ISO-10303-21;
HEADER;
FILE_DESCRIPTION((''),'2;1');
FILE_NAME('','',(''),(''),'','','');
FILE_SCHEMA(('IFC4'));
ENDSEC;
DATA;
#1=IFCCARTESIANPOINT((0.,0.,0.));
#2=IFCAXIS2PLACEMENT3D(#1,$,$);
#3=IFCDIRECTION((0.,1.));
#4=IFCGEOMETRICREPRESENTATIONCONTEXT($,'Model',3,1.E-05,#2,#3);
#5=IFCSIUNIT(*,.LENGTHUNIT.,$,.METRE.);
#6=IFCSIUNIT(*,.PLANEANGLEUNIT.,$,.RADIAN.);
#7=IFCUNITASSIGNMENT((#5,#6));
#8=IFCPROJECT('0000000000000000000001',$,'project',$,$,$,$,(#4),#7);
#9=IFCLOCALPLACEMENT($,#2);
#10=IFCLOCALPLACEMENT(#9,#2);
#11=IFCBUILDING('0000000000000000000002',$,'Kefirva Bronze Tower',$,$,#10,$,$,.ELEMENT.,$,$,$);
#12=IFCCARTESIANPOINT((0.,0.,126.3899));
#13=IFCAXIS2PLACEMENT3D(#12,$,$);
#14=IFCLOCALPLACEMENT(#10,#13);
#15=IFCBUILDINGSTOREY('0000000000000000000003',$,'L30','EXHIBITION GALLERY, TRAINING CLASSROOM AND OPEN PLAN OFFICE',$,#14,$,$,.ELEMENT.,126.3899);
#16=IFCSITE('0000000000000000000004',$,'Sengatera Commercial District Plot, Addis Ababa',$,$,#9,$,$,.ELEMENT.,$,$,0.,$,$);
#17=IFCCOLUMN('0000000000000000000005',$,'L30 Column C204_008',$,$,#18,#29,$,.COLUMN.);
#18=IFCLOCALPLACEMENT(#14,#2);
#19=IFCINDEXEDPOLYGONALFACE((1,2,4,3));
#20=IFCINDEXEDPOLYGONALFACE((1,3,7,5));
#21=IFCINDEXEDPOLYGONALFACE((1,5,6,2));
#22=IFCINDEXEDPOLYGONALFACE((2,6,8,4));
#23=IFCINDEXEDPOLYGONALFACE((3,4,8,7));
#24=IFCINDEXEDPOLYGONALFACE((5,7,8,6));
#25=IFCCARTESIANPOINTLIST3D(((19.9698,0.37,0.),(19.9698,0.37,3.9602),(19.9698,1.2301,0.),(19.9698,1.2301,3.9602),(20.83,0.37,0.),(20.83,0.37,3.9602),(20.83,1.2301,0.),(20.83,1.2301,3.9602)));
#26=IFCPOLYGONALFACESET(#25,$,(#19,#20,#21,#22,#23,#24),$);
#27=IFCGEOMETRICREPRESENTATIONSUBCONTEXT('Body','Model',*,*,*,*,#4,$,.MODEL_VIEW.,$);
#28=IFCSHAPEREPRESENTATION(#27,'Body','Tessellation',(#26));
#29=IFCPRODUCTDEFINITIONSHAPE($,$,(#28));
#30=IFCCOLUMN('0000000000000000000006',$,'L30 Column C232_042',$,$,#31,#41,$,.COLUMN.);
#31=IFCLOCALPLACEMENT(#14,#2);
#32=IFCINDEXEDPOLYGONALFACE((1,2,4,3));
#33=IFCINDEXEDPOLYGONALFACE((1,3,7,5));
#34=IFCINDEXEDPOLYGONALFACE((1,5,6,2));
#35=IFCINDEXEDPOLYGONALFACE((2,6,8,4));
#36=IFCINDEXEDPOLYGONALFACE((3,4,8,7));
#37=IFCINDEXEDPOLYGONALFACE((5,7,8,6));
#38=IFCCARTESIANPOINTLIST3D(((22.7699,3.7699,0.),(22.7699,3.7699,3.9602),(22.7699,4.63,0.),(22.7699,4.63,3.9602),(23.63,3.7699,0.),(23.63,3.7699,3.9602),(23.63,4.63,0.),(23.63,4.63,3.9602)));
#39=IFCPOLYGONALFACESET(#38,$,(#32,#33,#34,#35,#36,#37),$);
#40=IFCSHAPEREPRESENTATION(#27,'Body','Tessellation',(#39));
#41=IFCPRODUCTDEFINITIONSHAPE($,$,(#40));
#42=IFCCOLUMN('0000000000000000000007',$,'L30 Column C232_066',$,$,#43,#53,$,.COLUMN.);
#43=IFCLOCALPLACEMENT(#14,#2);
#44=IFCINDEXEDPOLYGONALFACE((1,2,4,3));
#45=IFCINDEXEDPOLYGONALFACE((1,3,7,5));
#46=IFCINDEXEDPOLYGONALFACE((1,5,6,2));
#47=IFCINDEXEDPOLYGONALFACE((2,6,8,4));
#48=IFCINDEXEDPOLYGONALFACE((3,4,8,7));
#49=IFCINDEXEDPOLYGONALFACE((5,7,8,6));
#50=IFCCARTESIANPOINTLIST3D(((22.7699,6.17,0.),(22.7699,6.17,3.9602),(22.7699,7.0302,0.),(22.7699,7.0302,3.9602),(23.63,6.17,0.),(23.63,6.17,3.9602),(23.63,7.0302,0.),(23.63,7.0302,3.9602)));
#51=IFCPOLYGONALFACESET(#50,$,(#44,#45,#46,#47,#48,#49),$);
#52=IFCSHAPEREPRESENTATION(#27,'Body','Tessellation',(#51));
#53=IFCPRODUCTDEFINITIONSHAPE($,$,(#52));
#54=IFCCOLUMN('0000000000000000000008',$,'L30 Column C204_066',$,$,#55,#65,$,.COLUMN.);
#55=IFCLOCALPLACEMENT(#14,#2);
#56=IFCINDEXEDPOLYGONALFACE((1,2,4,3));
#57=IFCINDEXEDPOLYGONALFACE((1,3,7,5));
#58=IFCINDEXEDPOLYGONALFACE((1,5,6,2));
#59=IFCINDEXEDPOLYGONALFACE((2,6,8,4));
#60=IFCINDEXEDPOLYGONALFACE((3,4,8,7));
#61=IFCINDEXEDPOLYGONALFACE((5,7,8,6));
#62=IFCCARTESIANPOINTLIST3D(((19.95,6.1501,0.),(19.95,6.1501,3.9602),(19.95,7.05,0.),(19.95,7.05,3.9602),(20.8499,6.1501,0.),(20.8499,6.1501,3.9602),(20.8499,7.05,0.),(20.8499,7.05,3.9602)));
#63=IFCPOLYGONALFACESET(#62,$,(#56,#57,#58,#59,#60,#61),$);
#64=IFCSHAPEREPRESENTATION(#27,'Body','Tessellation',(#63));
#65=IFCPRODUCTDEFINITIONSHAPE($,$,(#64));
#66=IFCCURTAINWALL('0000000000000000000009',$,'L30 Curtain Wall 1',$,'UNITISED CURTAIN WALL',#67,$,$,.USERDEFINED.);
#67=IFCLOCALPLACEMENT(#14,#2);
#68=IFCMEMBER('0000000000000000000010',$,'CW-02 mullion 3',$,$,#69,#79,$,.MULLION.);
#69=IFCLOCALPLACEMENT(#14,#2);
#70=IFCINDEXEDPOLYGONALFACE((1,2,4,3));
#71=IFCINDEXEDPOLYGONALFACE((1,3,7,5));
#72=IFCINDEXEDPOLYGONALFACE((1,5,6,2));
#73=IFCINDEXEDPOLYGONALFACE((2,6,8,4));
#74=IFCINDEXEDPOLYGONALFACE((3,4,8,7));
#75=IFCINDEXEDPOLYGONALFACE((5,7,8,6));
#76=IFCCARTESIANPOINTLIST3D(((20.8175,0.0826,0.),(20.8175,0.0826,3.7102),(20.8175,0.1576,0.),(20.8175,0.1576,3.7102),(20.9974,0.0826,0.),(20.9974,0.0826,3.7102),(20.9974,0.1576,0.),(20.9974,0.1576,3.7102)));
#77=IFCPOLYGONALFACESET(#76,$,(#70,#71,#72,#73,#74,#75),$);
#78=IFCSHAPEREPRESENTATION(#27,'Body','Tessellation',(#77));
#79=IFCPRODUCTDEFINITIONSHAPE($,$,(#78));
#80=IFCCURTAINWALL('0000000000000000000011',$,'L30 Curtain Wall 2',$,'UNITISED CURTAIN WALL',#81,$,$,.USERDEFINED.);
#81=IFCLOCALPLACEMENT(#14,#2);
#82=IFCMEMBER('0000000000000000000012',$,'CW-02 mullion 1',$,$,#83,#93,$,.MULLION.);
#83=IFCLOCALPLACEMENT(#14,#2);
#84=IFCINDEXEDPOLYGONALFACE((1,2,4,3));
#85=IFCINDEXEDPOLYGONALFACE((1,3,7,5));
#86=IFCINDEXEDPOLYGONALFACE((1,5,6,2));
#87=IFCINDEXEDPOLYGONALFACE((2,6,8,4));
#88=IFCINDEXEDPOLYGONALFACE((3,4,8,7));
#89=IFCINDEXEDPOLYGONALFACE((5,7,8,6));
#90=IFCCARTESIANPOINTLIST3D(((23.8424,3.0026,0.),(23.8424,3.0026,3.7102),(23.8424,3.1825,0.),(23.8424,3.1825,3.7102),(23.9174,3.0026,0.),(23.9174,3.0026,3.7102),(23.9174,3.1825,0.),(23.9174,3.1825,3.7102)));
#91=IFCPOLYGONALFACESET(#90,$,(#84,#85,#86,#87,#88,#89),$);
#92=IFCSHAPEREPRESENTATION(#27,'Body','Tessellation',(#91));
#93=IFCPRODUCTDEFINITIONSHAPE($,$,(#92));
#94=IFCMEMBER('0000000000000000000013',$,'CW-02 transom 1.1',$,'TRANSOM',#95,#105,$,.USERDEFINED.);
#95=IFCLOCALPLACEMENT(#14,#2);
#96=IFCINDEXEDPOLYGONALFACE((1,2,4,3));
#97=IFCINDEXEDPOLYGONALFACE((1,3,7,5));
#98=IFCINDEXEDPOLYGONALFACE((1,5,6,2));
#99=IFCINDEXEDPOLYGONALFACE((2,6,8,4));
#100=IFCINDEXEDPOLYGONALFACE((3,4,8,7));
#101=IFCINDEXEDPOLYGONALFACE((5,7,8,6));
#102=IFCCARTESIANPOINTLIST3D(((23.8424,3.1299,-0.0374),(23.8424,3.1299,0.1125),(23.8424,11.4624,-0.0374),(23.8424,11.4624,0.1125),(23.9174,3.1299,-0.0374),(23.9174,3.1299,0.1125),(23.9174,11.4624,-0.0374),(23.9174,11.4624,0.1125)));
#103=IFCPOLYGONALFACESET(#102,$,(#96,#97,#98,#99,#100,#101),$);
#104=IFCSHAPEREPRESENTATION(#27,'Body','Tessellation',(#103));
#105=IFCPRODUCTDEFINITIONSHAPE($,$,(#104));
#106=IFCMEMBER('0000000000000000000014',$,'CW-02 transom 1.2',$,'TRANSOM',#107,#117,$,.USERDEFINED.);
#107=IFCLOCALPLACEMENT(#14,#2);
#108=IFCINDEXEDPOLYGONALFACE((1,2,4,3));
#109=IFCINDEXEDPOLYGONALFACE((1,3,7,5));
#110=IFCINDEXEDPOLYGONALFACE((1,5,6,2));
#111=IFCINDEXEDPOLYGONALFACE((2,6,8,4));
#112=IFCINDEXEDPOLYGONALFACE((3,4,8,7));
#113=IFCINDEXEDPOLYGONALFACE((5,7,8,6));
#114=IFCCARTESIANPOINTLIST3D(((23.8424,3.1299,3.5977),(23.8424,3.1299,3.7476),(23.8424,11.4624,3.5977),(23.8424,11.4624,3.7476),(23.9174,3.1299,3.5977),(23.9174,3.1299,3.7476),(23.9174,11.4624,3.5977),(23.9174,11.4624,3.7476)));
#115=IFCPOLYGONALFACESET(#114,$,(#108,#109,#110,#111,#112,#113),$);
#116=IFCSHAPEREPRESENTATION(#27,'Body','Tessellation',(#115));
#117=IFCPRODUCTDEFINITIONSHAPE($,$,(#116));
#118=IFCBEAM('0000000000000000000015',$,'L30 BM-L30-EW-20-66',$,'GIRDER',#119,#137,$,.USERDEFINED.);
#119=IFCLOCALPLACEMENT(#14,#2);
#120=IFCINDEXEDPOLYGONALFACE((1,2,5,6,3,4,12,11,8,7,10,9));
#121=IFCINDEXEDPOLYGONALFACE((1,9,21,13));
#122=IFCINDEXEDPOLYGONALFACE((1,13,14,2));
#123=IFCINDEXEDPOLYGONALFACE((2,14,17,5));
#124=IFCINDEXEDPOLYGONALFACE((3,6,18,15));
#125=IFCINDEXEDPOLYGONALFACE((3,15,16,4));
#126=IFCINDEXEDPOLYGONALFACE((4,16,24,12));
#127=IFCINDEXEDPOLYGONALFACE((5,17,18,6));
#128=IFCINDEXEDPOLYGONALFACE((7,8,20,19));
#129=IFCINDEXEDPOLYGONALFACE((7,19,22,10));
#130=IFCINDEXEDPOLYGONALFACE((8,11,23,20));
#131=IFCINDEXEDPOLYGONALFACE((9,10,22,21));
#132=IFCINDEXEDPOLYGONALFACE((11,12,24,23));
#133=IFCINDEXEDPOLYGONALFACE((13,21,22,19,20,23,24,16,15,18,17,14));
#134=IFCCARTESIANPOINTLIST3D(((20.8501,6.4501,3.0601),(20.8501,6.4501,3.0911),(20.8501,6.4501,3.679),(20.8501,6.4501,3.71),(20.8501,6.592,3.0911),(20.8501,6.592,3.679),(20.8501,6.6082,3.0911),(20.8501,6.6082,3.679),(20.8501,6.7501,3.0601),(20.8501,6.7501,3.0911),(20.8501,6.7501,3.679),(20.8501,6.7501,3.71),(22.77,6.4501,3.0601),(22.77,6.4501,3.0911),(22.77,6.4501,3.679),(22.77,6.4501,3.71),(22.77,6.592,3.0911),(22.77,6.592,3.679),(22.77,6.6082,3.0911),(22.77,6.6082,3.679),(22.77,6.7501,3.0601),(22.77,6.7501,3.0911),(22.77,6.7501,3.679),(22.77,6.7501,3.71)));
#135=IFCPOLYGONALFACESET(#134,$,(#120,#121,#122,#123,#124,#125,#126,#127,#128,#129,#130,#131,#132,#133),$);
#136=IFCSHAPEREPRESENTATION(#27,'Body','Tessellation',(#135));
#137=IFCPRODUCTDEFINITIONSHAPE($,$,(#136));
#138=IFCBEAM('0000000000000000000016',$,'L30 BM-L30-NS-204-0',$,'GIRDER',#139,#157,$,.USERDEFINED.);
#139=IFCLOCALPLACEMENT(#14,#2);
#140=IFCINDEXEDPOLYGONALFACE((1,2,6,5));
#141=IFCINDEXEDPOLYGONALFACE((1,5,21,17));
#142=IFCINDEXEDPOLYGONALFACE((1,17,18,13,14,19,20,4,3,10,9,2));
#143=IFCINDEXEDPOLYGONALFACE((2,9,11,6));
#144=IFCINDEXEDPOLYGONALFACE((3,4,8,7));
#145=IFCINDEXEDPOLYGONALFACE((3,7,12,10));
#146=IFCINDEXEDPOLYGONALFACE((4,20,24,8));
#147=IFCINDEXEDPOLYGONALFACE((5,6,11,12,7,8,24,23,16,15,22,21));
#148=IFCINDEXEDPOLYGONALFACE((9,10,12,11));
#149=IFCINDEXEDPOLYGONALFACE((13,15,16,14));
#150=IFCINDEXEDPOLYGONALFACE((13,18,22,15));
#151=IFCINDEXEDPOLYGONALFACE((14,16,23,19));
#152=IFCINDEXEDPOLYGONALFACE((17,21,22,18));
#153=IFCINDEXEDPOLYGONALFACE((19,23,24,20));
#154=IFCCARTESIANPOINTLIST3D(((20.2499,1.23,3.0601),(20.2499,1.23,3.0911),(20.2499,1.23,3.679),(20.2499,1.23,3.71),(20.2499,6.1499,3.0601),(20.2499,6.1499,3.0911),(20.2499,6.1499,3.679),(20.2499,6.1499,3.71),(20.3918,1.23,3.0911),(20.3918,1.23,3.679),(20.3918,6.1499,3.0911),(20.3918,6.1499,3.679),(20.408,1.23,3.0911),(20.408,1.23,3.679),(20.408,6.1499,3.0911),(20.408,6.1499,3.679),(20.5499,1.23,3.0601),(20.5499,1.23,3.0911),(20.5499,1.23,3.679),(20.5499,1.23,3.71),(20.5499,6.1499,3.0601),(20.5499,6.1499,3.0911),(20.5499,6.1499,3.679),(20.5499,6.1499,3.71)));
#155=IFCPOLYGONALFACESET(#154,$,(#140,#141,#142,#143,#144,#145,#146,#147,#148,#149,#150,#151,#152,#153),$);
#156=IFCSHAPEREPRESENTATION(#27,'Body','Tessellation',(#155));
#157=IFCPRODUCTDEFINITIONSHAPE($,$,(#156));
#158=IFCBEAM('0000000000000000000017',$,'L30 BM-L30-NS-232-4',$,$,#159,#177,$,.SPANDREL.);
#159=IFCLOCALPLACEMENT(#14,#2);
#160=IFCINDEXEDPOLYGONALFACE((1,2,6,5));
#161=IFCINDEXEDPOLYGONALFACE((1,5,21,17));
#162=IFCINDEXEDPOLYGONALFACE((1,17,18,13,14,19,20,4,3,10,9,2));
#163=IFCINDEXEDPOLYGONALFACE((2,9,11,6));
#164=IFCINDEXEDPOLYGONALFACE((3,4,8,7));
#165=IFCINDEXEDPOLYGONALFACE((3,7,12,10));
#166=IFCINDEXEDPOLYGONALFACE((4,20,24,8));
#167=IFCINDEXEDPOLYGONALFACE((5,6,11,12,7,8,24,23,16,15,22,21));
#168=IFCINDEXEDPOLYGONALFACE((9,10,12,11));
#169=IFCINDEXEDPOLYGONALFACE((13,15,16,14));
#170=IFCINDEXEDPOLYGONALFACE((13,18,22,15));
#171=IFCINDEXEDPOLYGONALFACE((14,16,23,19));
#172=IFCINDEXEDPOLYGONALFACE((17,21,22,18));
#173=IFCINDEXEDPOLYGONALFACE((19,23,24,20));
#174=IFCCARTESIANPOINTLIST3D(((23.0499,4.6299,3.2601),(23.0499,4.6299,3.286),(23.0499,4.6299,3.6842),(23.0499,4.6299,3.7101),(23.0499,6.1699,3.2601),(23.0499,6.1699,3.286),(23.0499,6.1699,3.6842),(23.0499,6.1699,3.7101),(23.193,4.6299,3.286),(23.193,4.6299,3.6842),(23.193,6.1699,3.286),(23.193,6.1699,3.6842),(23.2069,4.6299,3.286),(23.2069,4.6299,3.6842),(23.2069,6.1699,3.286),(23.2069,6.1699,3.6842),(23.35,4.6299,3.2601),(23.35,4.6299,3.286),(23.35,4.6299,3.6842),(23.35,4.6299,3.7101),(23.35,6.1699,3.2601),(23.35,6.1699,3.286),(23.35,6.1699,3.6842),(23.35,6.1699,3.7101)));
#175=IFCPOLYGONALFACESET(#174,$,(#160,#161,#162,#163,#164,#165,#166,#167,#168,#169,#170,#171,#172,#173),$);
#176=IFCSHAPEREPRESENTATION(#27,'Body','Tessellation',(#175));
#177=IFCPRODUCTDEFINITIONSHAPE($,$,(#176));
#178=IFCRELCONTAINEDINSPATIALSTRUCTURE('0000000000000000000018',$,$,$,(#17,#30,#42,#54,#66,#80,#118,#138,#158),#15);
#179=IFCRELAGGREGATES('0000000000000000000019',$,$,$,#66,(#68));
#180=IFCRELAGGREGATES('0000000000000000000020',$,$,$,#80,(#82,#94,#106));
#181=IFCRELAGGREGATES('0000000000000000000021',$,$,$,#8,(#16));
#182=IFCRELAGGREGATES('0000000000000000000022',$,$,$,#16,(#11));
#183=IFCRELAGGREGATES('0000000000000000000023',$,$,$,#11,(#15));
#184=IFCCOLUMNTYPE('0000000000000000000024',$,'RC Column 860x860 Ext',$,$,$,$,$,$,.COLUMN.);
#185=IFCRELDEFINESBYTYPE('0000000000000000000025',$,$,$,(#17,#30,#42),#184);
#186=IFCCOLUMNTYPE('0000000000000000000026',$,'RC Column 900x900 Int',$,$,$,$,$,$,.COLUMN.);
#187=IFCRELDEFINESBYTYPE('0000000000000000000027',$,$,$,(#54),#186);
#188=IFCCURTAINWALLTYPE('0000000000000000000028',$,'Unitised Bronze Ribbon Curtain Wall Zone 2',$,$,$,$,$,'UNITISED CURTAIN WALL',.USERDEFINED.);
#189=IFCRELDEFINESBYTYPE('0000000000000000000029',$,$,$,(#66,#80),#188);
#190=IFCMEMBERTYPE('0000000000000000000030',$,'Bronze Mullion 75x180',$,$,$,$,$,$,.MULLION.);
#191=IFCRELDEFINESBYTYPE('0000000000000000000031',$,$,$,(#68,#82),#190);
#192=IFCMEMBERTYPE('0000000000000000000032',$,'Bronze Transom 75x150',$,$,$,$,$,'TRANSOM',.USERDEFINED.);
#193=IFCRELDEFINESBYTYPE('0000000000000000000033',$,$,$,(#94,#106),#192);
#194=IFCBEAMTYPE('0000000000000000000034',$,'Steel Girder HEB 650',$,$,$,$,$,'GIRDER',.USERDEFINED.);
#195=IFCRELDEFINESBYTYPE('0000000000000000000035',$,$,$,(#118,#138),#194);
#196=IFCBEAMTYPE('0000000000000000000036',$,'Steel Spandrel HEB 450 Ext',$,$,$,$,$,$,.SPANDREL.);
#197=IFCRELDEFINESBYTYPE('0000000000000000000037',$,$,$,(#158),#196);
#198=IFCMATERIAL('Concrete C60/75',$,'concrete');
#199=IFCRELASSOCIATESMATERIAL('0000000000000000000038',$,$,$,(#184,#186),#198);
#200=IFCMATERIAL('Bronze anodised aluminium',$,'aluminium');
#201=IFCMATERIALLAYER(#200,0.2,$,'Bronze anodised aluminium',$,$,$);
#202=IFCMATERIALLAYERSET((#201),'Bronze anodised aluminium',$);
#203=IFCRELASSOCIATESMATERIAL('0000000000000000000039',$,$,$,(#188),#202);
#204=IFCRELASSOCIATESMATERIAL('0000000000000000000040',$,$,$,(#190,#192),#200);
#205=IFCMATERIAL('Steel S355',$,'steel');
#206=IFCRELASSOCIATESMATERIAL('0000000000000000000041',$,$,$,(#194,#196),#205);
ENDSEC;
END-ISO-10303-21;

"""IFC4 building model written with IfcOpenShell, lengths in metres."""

from ifc_helpers import new_model, si_unit, direction, frame, origin, origin_2d, place, context, subcontext, project, spatial, rectangle, i_section, extrude, material, layer, layer_set, material_profile, profile_set, type_object, element, aggregate, save


model = new_model("IFC4")

# Units and contexts
model_context = context("Model", 3, precision=1e-05, world=origin(), true_north=direction((0.0, 1.0)))
body_context = subcontext(model_context, "Body", "Model", "MODEL_VIEW")
ifc_project = project(units=[si_unit("LENGTHUNIT", "METRE"), si_unit("PLANEANGLEUNIT", "RADIAN")], contexts=[model_context])

# Site, building, storey
site_placement = place(None, origin())
site = spatial("IfcSite", under=ifc_project, at=site_placement, Name="Sengatera Commercial District Plot, Addis Ababa", CompositionType="ELEMENT", RefElevation=0.0)
building_placement = place(site_placement, origin())
building = spatial("IfcBuilding", under=site, at=building_placement, Name="Kefirva Bronze Tower", CompositionType="ELEMENT")
storey_placement = place(building_placement, frame((0.0, 0.0, 126.3899)))
storey = spatial("IfcBuildingStorey", under=building, at=storey_placement, Name="L30", Description="EXHIBITION GALLERY, TRAINING CLASSROOM AND OPEN PLAN OFFICE", CompositionType="ELEMENT", Elevation=126.3899)

# Columns
ifc_material_1 = material(Name="Concrete C60/75", Category="concrete")
ifc_material_profile_1 = material_profile(ifc_material_1, rectangle(XDim=0.8601, YDim=0.8601, at=origin_2d()), Name="RC 860x860")
ifc_profile_set_1 = profile_set([ifc_material_profile_1], Name="Concrete C60/75")
column_type_1 = type_object("IfcColumnType", Name="RC Column 860x860 Ext", PredefinedType="COLUMN", material=ifc_profile_set_1)
for number, where, z_axis, x_axis, name in (
    (1, (20.3999, 0.8, 0.0), (0.0, 0.0, 1.0), (1.0, 0.0, 0.0), "L30 Column C204_008"),
    (2, (23.2, 4.2, 0.0), (0.0, 0.0, 1.0), (1.0, 0.0, 0.0), "L30 Column C232_042"),
    (3, (23.2, 6.6001, 0.0), (0.0, 0.0, 1.0), (1.0, 0.0, 0.0), "L30 Column C232_066"),
):
    element("IfcColumn", number, at=place(storey_placement, frame(where, z_axis=z_axis, x_axis=x_axis)), inside=storey, type_object=column_type_1, Name=name, PredefinedType="COLUMN", context=body_context, shape_type="SweptSolid", body=[
        extrude(rectangle(XDim=0.8601, YDim=0.8601, at=origin_2d()), origin(), (0.0, 0.0, 1.0), 3.9602),
    ])
ifc_material_profile_2 = material_profile(ifc_material_1, rectangle(XDim=0.8999, YDim=0.8999, at=origin_2d()), Name="RC 900x900")
ifc_profile_set_2 = profile_set([ifc_material_profile_2], Name="Concrete C60/75")
column_type_2 = type_object("IfcColumnType", Name="RC Column 900x900 Int", PredefinedType="COLUMN", material=ifc_profile_set_2)
column_placement = place(storey_placement, frame((20.3999, 6.6001, 0.0), z_axis=(0.0, 0.0, 1.0), x_axis=(1.0, 0.0, 0.0)))
element("IfcColumn", 4, at=column_placement, inside=storey, type_object=column_type_2, Name="L30 Column C204_066", PredefinedType="COLUMN", context=body_context, shape_type="SweptSolid", body=[
    extrude(rectangle(XDim=0.8999, YDim=0.8999, at=origin_2d()), origin(), (0.0, 0.0, 1.0), 3.9602),
])

# Curtain wall, member
ifc_material_2 = material(Name="Bronze anodised aluminium", Category="aluminium")
ifc_layer_1 = layer(ifc_material_2, 0.2, Name="Bronze anodised aluminium")
ifc_layer_set_1 = layer_set([ifc_layer_1], Name="Bronze anodised aluminium")
curtain_wall_type = type_object("IfcCurtainWallType", Name="Unitised Bronze Ribbon Curtain Wall Zone 2", ElementType="UNITISED CURTAIN WALL", PredefinedType="USERDEFINED", material=ifc_layer_set_1)
curtain_wall_1_placement = place(storey_placement, origin())
curtain_wall_1 = element("IfcCurtainWall", 5, at=curtain_wall_1_placement, inside=storey, type_object=curtain_wall_type, Name="L30 Curtain Wall 1", ObjectType="UNITISED CURTAIN WALL", PredefinedType="USERDEFINED")
ifc_material_profile_3 = material_profile(ifc_material_2, rectangle(XDim=0.075, YDim=0.1799, at=origin_2d()), Name="ALU 75x180")
ifc_profile_set_3 = profile_set([ifc_material_profile_3], Name="Bronze anodised aluminium")
member_type_1 = type_object("IfcMemberType", Name="Bronze Mullion 75x180", PredefinedType="MULLION", material=ifc_profile_set_3)
member_1_placement = place(storey_placement, frame((20.9075, 0.1201, 0.0), z_axis=(0.0, 0.0, 1.0), x_axis=(0.0, 1.0, 0.0)))
member_1 = element("IfcMember", 6, at=member_1_placement, type_object=member_type_1, Name="CW-02 mullion 3", PredefinedType="MULLION", context=body_context, shape_type="SweptSolid", body=[
    extrude(rectangle(XDim=0.075, YDim=0.1799, at=origin_2d()), origin(), (0.0, 0.0, 1.0), 3.7102),
])
aggregate(curtain_wall_1, [member_1])

# Curtain wall, members
curtain_wall_2_placement = place(storey_placement, origin())
curtain_wall_2 = element("IfcCurtainWall", 7, at=curtain_wall_2_placement, inside=storey, type_object=curtain_wall_type, Name="L30 Curtain Wall 2", ObjectType="UNITISED CURTAIN WALL", PredefinedType="USERDEFINED")
member_2_placement = place(storey_placement, frame((23.8799, 3.0925, 0.0), z_axis=(0.0, 0.0, 1.0), x_axis=(-1.0, 0.0, 0.0)))
member_2 = element("IfcMember", 8, at=member_2_placement, type_object=member_type_1, Name="CW-02 mullion 1", PredefinedType="MULLION", context=body_context, shape_type="SweptSolid", body=[
    extrude(rectangle(XDim=0.075, YDim=0.1799, at=origin_2d()), origin(), (0.0, 0.0, 1.0), 3.7102),
])
ifc_material_profile_4 = material_profile(ifc_material_2, rectangle(XDim=0.075, YDim=0.1499, at=origin_2d()), Name="ALU 75x150")
ifc_profile_set_4 = profile_set([ifc_material_profile_4], Name="Bronze anodised aluminium")
member_type_2 = type_object("IfcMemberType", Name="Bronze Transom 75x150", ElementType="TRANSOM", PredefinedType="USERDEFINED", material=ifc_profile_set_4)
member_3_placement = place(storey_placement, frame((23.8799, 3.1299, 0.0376), z_axis=(0.0, 1.0, 0.0), x_axis=(-1.0, 0.0, 0.0)))
member_3 = element("IfcMember", 9, at=member_3_placement, type_object=member_type_2, Name="CW-02 transom 1.1", ObjectType="TRANSOM", PredefinedType="USERDEFINED", context=body_context, shape_type="SweptSolid", body=[
    extrude(rectangle(XDim=0.075, YDim=0.1499, at=origin_2d()), origin(), (0.0, 0.0, 1.0), 8.3325),
])
member_4_placement = place(storey_placement, frame((23.8799, 3.1299, 3.6726), z_axis=(0.0, 1.0, 0.0), x_axis=(-1.0, 0.0, 0.0)))
member_4 = element("IfcMember", 10, at=member_4_placement, type_object=member_type_2, Name="CW-02 transom 1.2", ObjectType="TRANSOM", PredefinedType="USERDEFINED", context=body_context, shape_type="SweptSolid", body=[
    extrude(rectangle(XDim=0.075, YDim=0.1499, at=origin_2d()), origin(), (0.0, 0.0, 1.0), 8.3325),
])
aggregate(curtain_wall_2, [member_2, member_3, member_4])

# Beams
ifc_material_3 = material(Name="Steel S355", Category="steel")
ifc_material_profile_5 = material_profile(ifc_material_3, i_section(OverallWidth=0.3, OverallDepth=0.6499, WebThickness=0.0161, FlangeThickness=0.031, at=origin_2d()), Name="HEB 650")
ifc_profile_set_5 = profile_set([ifc_material_profile_5], Name="Steel S355")
beam_type_1 = type_object("IfcBeamType", Name="Steel Girder HEB 650", ElementType="GIRDER", PredefinedType="USERDEFINED", material=ifc_profile_set_5)
beam_1_placement = place(storey_placement, frame((20.8501, 6.6001, 3.385), z_axis=(1.0, 0.0, 0.0), x_axis=(0.0, 1.0, 0.0)))
element("IfcBeam", 11, at=beam_1_placement, inside=storey, type_object=beam_type_1, Name="L30 BM-L30-EW-20-66", ObjectType="GIRDER", PredefinedType="USERDEFINED", context=body_context, shape_type="SweptSolid", body=[
    extrude(i_section(OverallWidth=0.3, OverallDepth=0.6499, WebThickness=0.0161, FlangeThickness=0.031, at=origin_2d()), origin(), (0.0, 0.0, 1.0), 1.9199),
])
beam_2_placement = place(storey_placement, frame((20.3999, 1.23, 3.385), z_axis=(0.0, 1.0, 0.0), x_axis=(-1.0, 0.0, 0.0)))
element("IfcBeam", 12, at=beam_2_placement, inside=storey, type_object=beam_type_1, Name="L30 BM-L30-NS-204-0", ObjectType="GIRDER", PredefinedType="USERDEFINED", context=body_context, shape_type="SweptSolid", body=[
    extrude(i_section(OverallWidth=0.3, OverallDepth=0.6499, WebThickness=0.0161, FlangeThickness=0.031, at=origin_2d()), origin(), (0.0, 0.0, 1.0), 4.9199),
])
ifc_material_profile_6 = material_profile(ifc_material_3, i_section(OverallWidth=0.3, OverallDepth=0.45, WebThickness=0.0139, FlangeThickness=0.0259, at=origin_2d()), Name="HEB 450")
ifc_profile_set_6 = profile_set([ifc_material_profile_6], Name="Steel S355")
beam_type_2 = type_object("IfcBeamType", Name="Steel Spandrel HEB 450 Ext", PredefinedType="SPANDREL", material=ifc_profile_set_6)
beam_3_placement = place(storey_placement, frame((23.2, 4.6299, 3.4851), z_axis=(0.0, 1.0, 0.0), x_axis=(-1.0, 0.0, 0.0)))
element("IfcBeam", 13, at=beam_3_placement, inside=storey, type_object=beam_type_2, Name="L30 BM-L30-NS-232-4", PredefinedType="SPANDREL", context=body_context, shape_type="SweptSolid", body=[
    extrude(i_section(OverallWidth=0.3, OverallDepth=0.45, WebThickness=0.0139, FlangeThickness=0.0259, at=origin_2d()), origin(), (0.0, 0.0, 1.0), 1.54),
])

save(model, "model.ifc")
